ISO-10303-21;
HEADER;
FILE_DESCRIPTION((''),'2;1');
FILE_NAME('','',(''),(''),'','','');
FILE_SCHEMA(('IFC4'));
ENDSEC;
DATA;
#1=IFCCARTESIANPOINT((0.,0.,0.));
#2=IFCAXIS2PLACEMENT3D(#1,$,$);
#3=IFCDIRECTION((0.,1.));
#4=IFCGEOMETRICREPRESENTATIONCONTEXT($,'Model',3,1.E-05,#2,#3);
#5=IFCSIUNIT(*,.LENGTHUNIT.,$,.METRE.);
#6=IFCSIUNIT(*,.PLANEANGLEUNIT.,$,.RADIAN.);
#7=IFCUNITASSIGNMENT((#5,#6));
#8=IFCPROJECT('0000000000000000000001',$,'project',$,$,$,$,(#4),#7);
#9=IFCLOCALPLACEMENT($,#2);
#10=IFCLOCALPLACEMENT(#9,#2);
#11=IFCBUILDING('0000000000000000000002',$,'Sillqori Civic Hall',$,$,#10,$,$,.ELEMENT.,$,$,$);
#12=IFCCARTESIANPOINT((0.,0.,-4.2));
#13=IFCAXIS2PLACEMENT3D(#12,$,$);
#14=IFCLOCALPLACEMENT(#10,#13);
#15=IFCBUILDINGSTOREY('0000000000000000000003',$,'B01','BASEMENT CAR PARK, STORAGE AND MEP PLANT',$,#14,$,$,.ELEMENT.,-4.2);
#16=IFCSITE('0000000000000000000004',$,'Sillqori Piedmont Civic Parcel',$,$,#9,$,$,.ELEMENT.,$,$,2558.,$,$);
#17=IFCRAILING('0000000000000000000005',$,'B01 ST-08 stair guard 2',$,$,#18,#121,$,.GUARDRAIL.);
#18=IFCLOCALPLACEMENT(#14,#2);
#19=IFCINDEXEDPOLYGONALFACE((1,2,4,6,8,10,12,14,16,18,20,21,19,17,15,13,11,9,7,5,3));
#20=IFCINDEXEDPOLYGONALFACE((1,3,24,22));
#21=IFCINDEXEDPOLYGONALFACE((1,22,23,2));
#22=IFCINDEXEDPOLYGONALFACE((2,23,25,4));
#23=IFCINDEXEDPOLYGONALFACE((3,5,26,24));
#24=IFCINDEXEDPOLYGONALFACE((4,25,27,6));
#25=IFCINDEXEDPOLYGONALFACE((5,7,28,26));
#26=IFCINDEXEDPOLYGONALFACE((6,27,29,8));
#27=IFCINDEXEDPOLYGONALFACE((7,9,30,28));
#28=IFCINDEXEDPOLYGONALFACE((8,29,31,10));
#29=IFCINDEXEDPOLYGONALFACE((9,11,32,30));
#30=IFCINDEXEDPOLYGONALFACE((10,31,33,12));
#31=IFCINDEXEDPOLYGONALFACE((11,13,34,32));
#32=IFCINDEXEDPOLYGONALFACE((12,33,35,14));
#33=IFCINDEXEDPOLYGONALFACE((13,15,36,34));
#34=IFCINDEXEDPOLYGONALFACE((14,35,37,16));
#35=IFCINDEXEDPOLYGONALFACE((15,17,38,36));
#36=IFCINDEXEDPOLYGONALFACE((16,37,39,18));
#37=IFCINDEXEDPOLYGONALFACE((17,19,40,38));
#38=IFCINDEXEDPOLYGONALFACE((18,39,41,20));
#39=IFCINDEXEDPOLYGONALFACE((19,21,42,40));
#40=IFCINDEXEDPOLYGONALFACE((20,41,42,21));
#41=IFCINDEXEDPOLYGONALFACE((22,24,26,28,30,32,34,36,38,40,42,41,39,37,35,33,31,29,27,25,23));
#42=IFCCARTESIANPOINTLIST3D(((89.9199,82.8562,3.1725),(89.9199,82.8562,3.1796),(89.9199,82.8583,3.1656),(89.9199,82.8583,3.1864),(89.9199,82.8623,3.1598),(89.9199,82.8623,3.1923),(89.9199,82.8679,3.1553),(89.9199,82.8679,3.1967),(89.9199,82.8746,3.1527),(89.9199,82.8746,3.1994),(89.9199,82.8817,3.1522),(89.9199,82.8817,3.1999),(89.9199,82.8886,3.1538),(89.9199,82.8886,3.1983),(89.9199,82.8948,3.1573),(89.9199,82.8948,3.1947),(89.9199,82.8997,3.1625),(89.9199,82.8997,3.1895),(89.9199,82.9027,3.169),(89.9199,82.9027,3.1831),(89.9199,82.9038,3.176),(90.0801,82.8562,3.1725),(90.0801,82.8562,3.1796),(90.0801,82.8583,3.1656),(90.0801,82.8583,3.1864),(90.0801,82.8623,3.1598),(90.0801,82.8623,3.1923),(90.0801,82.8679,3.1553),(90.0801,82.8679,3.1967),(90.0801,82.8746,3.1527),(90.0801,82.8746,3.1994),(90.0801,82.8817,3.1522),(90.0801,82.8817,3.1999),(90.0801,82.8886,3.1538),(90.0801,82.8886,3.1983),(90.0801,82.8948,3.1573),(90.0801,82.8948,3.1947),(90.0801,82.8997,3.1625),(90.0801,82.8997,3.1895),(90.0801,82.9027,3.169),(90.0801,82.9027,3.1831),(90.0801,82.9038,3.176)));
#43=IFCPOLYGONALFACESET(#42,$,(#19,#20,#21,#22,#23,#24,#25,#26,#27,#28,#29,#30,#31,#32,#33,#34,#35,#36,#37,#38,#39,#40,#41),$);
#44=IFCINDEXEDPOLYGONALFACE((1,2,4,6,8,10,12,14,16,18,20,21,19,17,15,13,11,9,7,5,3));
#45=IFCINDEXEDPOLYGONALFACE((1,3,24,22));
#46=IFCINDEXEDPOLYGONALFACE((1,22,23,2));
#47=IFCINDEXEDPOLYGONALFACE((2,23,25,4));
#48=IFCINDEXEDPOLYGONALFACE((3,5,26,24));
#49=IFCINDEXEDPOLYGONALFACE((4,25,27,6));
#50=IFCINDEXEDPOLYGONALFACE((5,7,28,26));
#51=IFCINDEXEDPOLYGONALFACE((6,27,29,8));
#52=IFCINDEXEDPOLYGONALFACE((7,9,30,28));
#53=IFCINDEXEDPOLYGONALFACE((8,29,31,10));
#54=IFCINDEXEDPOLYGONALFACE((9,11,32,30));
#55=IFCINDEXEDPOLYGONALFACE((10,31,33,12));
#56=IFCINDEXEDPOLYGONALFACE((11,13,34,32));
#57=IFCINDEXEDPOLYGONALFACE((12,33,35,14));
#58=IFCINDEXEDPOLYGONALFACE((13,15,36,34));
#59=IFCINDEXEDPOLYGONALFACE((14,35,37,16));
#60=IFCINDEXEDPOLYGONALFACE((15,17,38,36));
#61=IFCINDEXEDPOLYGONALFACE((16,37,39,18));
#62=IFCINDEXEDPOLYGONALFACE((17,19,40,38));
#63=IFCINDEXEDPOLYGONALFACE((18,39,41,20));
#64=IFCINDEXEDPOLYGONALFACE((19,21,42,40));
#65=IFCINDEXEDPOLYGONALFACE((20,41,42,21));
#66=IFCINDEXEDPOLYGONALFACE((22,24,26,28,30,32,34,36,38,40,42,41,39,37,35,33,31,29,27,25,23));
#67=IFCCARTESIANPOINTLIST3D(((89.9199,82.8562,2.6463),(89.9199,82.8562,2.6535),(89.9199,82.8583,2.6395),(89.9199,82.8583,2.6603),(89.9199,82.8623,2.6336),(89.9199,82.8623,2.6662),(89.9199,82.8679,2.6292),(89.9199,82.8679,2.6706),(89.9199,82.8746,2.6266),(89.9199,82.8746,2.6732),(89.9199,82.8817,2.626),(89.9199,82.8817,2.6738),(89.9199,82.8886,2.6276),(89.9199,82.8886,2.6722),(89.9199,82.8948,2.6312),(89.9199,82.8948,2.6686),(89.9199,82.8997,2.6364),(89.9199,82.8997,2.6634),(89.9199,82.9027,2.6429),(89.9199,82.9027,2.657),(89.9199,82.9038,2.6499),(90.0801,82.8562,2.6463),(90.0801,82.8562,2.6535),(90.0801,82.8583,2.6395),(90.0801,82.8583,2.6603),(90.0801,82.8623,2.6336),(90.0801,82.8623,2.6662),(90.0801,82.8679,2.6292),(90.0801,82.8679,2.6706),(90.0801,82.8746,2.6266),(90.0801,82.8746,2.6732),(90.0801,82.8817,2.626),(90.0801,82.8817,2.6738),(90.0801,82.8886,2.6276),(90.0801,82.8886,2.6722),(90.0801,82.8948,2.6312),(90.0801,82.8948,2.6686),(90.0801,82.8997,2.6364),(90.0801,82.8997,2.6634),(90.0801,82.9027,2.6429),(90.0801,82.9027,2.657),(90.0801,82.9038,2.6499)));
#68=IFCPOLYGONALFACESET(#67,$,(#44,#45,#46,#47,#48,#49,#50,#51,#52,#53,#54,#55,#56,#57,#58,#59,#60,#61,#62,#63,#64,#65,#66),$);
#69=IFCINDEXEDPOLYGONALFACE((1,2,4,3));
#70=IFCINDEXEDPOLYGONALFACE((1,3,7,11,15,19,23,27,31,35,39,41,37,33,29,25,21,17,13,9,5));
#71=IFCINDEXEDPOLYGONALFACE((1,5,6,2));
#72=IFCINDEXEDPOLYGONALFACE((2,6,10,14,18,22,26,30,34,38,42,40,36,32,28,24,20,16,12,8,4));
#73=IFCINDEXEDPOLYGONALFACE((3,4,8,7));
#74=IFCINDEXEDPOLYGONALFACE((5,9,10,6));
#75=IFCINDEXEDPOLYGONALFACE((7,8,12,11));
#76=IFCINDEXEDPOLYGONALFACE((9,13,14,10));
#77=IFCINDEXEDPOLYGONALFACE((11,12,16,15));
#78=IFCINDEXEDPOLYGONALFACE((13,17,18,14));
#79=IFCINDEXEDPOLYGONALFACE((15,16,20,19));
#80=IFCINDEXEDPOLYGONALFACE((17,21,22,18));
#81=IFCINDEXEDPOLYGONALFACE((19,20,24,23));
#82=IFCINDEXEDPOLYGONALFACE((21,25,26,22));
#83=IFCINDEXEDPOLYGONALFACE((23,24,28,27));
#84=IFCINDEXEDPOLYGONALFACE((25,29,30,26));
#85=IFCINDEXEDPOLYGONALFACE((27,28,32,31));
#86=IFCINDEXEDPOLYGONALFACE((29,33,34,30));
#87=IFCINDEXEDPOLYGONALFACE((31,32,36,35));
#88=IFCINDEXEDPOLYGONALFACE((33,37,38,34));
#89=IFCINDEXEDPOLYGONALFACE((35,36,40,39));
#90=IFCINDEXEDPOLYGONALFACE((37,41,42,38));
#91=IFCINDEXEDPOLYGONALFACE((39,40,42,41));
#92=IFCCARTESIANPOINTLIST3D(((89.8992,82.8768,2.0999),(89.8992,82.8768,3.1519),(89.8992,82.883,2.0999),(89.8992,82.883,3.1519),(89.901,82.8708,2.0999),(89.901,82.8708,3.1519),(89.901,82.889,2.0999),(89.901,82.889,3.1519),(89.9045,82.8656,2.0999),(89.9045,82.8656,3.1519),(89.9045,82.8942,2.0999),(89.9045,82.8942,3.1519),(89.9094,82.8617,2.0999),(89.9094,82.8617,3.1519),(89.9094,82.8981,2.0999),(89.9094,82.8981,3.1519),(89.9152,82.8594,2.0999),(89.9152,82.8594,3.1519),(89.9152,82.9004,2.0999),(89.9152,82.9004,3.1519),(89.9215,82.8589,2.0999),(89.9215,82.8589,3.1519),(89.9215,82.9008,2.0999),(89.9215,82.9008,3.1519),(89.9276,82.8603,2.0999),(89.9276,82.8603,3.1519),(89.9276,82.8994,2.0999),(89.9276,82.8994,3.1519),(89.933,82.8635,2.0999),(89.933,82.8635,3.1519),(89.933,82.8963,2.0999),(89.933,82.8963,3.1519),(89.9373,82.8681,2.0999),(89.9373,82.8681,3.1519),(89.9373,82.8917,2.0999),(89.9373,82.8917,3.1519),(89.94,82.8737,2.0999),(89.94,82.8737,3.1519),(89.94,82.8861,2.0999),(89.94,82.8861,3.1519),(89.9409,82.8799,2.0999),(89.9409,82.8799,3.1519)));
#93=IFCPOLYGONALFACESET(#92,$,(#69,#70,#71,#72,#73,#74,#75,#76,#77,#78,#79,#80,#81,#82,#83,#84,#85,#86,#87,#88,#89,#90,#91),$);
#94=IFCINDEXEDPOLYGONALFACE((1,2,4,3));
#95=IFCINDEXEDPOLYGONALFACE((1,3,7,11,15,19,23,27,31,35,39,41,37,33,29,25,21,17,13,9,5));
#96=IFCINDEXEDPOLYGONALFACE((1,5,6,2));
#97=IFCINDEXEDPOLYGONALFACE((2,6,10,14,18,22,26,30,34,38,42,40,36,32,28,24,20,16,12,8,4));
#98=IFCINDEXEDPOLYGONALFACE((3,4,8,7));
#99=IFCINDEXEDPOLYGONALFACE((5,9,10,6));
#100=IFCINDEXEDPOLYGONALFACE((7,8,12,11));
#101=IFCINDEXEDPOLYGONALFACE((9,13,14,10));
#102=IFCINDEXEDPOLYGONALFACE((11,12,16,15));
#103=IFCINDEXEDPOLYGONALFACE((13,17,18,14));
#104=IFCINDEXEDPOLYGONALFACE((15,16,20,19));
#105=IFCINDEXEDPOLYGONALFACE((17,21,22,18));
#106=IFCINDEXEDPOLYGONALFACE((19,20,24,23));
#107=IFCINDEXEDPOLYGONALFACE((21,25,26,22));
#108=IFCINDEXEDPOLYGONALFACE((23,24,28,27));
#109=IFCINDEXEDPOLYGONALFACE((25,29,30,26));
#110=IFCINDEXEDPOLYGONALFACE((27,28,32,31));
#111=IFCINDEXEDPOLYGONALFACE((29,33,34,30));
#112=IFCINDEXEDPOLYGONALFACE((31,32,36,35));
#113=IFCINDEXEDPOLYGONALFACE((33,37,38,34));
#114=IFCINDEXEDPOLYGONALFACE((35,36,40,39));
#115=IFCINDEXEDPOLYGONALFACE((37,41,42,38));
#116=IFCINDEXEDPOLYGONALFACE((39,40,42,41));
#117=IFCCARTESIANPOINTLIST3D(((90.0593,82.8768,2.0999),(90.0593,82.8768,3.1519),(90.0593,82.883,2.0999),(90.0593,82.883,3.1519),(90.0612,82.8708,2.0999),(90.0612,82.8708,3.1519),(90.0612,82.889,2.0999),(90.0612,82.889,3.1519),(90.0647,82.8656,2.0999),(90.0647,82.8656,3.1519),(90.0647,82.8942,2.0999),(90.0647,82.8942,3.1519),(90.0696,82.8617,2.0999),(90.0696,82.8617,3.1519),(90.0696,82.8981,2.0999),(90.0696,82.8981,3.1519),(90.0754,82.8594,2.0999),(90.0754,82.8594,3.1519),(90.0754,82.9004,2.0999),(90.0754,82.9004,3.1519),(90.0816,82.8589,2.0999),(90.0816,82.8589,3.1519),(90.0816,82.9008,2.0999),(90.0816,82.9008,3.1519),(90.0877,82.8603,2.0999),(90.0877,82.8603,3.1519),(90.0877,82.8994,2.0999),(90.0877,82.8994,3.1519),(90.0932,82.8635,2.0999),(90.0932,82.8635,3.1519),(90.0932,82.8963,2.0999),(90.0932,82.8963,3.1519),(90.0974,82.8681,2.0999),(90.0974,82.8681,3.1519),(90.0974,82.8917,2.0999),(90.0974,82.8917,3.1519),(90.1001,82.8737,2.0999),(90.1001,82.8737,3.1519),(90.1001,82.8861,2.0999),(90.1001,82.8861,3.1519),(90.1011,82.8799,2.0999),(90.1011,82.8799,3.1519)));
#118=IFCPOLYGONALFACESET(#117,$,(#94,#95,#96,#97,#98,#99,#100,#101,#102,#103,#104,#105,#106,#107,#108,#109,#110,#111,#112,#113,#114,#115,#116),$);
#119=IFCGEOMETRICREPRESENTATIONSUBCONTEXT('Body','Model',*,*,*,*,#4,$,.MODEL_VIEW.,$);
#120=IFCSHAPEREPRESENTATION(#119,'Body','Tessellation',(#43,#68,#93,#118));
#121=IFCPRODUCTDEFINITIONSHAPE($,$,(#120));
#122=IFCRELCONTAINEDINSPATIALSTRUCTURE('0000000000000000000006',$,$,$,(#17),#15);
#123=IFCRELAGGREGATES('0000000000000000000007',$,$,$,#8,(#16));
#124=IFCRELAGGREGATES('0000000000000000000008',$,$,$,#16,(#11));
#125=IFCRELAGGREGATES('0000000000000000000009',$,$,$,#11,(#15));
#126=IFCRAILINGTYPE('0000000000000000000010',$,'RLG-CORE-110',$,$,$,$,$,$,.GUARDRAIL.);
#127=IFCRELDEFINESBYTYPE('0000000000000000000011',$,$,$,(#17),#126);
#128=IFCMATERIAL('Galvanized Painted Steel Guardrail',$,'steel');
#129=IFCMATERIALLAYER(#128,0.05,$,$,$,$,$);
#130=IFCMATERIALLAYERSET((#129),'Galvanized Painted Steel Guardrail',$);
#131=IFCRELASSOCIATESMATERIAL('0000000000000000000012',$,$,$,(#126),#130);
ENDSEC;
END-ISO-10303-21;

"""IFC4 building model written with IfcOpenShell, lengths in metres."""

from ifc_helpers import new_model, si_unit, direction, frame, origin, origin_2d, place, context, subcontext, project, spatial, circle, extrude, material, layer, layer_set, type_object, element, save


model = new_model("IFC4")

# Units and contexts
model_context = context("Model", 3, precision=1e-05, world=origin(), true_north=direction((0.0, 1.0)))
body_context = subcontext(model_context, "Body", "Model", "MODEL_VIEW")
ifc_project = project(units=[si_unit("LENGTHUNIT", "METRE"), si_unit("PLANEANGLEUNIT", "RADIAN")], contexts=[model_context])

# Site, building, storey
site_placement = place(None, origin())
site = spatial("IfcSite", under=ifc_project, at=site_placement, Name="Sillqori Piedmont Civic Parcel", CompositionType="ELEMENT", RefElevation=2558.0)
building_placement = place(site_placement, origin())
building = spatial("IfcBuilding", under=site, at=building_placement, Name="Sillqori Civic Hall", CompositionType="ELEMENT")
storey_placement = place(building_placement, frame((0.0, 0.0, -4.2)))
storey = spatial("IfcBuildingStorey", under=building, at=storey_placement, Name="B01", Description="BASEMENT CAR PARK, STORAGE AND MEP PLANT", CompositionType="ELEMENT", Elevation=-4.2)

# Railing
ifc_material_1 = material(Name="Galvanized Painted Steel Guardrail", Category="steel")
ifc_layer_1 = layer(ifc_material_1, 0.05)
ifc_layer_set_1 = layer_set([ifc_layer_1], Name="Galvanized Painted Steel Guardrail")
railing_type_1 = type_object("IfcRailingType", Name="RLG-CORE-110", PredefinedType="GUARDRAIL", material=ifc_layer_set_1)
railing_1_placement = place(storey_placement, frame((89.9199, 82.8799, 2.0999)))
element("IfcRailing", 1, at=railing_1_placement, inside=storey, type_object=railing_type_1, Name="B01 ST-08 stair guard 2", PredefinedType="GUARDRAIL", context=body_context, shape_type="SweptSolid", body=[
    extrude(circle(Radius=0.0239, at=origin_2d()), frame((0.0, 0.0, 1.0762), z_axis=(1.0, 0.0, 0.0), x_axis=(0.0, 1.0, 0.0)), (0.0, 0.0, 1.0), 0.1602),
    extrude(circle(Radius=0.0239, at=origin_2d()), frame((0.0, 0.0, 0.55), z_axis=(1.0, 0.0, 0.0), x_axis=(0.0, 1.0, 0.0)), (0.0, 0.0, 1.0), 0.1602),
    extrude(circle(Radius=0.021, at=origin_2d()), origin(), (0.0, 0.0, 1.0), 1.052),
    extrude(circle(Radius=0.021, at=origin_2d()), frame((0.1602, 0.0, 0.0)), (0.0, 0.0, 1.0), 1.052),
])

save(model, "model.ifc")
